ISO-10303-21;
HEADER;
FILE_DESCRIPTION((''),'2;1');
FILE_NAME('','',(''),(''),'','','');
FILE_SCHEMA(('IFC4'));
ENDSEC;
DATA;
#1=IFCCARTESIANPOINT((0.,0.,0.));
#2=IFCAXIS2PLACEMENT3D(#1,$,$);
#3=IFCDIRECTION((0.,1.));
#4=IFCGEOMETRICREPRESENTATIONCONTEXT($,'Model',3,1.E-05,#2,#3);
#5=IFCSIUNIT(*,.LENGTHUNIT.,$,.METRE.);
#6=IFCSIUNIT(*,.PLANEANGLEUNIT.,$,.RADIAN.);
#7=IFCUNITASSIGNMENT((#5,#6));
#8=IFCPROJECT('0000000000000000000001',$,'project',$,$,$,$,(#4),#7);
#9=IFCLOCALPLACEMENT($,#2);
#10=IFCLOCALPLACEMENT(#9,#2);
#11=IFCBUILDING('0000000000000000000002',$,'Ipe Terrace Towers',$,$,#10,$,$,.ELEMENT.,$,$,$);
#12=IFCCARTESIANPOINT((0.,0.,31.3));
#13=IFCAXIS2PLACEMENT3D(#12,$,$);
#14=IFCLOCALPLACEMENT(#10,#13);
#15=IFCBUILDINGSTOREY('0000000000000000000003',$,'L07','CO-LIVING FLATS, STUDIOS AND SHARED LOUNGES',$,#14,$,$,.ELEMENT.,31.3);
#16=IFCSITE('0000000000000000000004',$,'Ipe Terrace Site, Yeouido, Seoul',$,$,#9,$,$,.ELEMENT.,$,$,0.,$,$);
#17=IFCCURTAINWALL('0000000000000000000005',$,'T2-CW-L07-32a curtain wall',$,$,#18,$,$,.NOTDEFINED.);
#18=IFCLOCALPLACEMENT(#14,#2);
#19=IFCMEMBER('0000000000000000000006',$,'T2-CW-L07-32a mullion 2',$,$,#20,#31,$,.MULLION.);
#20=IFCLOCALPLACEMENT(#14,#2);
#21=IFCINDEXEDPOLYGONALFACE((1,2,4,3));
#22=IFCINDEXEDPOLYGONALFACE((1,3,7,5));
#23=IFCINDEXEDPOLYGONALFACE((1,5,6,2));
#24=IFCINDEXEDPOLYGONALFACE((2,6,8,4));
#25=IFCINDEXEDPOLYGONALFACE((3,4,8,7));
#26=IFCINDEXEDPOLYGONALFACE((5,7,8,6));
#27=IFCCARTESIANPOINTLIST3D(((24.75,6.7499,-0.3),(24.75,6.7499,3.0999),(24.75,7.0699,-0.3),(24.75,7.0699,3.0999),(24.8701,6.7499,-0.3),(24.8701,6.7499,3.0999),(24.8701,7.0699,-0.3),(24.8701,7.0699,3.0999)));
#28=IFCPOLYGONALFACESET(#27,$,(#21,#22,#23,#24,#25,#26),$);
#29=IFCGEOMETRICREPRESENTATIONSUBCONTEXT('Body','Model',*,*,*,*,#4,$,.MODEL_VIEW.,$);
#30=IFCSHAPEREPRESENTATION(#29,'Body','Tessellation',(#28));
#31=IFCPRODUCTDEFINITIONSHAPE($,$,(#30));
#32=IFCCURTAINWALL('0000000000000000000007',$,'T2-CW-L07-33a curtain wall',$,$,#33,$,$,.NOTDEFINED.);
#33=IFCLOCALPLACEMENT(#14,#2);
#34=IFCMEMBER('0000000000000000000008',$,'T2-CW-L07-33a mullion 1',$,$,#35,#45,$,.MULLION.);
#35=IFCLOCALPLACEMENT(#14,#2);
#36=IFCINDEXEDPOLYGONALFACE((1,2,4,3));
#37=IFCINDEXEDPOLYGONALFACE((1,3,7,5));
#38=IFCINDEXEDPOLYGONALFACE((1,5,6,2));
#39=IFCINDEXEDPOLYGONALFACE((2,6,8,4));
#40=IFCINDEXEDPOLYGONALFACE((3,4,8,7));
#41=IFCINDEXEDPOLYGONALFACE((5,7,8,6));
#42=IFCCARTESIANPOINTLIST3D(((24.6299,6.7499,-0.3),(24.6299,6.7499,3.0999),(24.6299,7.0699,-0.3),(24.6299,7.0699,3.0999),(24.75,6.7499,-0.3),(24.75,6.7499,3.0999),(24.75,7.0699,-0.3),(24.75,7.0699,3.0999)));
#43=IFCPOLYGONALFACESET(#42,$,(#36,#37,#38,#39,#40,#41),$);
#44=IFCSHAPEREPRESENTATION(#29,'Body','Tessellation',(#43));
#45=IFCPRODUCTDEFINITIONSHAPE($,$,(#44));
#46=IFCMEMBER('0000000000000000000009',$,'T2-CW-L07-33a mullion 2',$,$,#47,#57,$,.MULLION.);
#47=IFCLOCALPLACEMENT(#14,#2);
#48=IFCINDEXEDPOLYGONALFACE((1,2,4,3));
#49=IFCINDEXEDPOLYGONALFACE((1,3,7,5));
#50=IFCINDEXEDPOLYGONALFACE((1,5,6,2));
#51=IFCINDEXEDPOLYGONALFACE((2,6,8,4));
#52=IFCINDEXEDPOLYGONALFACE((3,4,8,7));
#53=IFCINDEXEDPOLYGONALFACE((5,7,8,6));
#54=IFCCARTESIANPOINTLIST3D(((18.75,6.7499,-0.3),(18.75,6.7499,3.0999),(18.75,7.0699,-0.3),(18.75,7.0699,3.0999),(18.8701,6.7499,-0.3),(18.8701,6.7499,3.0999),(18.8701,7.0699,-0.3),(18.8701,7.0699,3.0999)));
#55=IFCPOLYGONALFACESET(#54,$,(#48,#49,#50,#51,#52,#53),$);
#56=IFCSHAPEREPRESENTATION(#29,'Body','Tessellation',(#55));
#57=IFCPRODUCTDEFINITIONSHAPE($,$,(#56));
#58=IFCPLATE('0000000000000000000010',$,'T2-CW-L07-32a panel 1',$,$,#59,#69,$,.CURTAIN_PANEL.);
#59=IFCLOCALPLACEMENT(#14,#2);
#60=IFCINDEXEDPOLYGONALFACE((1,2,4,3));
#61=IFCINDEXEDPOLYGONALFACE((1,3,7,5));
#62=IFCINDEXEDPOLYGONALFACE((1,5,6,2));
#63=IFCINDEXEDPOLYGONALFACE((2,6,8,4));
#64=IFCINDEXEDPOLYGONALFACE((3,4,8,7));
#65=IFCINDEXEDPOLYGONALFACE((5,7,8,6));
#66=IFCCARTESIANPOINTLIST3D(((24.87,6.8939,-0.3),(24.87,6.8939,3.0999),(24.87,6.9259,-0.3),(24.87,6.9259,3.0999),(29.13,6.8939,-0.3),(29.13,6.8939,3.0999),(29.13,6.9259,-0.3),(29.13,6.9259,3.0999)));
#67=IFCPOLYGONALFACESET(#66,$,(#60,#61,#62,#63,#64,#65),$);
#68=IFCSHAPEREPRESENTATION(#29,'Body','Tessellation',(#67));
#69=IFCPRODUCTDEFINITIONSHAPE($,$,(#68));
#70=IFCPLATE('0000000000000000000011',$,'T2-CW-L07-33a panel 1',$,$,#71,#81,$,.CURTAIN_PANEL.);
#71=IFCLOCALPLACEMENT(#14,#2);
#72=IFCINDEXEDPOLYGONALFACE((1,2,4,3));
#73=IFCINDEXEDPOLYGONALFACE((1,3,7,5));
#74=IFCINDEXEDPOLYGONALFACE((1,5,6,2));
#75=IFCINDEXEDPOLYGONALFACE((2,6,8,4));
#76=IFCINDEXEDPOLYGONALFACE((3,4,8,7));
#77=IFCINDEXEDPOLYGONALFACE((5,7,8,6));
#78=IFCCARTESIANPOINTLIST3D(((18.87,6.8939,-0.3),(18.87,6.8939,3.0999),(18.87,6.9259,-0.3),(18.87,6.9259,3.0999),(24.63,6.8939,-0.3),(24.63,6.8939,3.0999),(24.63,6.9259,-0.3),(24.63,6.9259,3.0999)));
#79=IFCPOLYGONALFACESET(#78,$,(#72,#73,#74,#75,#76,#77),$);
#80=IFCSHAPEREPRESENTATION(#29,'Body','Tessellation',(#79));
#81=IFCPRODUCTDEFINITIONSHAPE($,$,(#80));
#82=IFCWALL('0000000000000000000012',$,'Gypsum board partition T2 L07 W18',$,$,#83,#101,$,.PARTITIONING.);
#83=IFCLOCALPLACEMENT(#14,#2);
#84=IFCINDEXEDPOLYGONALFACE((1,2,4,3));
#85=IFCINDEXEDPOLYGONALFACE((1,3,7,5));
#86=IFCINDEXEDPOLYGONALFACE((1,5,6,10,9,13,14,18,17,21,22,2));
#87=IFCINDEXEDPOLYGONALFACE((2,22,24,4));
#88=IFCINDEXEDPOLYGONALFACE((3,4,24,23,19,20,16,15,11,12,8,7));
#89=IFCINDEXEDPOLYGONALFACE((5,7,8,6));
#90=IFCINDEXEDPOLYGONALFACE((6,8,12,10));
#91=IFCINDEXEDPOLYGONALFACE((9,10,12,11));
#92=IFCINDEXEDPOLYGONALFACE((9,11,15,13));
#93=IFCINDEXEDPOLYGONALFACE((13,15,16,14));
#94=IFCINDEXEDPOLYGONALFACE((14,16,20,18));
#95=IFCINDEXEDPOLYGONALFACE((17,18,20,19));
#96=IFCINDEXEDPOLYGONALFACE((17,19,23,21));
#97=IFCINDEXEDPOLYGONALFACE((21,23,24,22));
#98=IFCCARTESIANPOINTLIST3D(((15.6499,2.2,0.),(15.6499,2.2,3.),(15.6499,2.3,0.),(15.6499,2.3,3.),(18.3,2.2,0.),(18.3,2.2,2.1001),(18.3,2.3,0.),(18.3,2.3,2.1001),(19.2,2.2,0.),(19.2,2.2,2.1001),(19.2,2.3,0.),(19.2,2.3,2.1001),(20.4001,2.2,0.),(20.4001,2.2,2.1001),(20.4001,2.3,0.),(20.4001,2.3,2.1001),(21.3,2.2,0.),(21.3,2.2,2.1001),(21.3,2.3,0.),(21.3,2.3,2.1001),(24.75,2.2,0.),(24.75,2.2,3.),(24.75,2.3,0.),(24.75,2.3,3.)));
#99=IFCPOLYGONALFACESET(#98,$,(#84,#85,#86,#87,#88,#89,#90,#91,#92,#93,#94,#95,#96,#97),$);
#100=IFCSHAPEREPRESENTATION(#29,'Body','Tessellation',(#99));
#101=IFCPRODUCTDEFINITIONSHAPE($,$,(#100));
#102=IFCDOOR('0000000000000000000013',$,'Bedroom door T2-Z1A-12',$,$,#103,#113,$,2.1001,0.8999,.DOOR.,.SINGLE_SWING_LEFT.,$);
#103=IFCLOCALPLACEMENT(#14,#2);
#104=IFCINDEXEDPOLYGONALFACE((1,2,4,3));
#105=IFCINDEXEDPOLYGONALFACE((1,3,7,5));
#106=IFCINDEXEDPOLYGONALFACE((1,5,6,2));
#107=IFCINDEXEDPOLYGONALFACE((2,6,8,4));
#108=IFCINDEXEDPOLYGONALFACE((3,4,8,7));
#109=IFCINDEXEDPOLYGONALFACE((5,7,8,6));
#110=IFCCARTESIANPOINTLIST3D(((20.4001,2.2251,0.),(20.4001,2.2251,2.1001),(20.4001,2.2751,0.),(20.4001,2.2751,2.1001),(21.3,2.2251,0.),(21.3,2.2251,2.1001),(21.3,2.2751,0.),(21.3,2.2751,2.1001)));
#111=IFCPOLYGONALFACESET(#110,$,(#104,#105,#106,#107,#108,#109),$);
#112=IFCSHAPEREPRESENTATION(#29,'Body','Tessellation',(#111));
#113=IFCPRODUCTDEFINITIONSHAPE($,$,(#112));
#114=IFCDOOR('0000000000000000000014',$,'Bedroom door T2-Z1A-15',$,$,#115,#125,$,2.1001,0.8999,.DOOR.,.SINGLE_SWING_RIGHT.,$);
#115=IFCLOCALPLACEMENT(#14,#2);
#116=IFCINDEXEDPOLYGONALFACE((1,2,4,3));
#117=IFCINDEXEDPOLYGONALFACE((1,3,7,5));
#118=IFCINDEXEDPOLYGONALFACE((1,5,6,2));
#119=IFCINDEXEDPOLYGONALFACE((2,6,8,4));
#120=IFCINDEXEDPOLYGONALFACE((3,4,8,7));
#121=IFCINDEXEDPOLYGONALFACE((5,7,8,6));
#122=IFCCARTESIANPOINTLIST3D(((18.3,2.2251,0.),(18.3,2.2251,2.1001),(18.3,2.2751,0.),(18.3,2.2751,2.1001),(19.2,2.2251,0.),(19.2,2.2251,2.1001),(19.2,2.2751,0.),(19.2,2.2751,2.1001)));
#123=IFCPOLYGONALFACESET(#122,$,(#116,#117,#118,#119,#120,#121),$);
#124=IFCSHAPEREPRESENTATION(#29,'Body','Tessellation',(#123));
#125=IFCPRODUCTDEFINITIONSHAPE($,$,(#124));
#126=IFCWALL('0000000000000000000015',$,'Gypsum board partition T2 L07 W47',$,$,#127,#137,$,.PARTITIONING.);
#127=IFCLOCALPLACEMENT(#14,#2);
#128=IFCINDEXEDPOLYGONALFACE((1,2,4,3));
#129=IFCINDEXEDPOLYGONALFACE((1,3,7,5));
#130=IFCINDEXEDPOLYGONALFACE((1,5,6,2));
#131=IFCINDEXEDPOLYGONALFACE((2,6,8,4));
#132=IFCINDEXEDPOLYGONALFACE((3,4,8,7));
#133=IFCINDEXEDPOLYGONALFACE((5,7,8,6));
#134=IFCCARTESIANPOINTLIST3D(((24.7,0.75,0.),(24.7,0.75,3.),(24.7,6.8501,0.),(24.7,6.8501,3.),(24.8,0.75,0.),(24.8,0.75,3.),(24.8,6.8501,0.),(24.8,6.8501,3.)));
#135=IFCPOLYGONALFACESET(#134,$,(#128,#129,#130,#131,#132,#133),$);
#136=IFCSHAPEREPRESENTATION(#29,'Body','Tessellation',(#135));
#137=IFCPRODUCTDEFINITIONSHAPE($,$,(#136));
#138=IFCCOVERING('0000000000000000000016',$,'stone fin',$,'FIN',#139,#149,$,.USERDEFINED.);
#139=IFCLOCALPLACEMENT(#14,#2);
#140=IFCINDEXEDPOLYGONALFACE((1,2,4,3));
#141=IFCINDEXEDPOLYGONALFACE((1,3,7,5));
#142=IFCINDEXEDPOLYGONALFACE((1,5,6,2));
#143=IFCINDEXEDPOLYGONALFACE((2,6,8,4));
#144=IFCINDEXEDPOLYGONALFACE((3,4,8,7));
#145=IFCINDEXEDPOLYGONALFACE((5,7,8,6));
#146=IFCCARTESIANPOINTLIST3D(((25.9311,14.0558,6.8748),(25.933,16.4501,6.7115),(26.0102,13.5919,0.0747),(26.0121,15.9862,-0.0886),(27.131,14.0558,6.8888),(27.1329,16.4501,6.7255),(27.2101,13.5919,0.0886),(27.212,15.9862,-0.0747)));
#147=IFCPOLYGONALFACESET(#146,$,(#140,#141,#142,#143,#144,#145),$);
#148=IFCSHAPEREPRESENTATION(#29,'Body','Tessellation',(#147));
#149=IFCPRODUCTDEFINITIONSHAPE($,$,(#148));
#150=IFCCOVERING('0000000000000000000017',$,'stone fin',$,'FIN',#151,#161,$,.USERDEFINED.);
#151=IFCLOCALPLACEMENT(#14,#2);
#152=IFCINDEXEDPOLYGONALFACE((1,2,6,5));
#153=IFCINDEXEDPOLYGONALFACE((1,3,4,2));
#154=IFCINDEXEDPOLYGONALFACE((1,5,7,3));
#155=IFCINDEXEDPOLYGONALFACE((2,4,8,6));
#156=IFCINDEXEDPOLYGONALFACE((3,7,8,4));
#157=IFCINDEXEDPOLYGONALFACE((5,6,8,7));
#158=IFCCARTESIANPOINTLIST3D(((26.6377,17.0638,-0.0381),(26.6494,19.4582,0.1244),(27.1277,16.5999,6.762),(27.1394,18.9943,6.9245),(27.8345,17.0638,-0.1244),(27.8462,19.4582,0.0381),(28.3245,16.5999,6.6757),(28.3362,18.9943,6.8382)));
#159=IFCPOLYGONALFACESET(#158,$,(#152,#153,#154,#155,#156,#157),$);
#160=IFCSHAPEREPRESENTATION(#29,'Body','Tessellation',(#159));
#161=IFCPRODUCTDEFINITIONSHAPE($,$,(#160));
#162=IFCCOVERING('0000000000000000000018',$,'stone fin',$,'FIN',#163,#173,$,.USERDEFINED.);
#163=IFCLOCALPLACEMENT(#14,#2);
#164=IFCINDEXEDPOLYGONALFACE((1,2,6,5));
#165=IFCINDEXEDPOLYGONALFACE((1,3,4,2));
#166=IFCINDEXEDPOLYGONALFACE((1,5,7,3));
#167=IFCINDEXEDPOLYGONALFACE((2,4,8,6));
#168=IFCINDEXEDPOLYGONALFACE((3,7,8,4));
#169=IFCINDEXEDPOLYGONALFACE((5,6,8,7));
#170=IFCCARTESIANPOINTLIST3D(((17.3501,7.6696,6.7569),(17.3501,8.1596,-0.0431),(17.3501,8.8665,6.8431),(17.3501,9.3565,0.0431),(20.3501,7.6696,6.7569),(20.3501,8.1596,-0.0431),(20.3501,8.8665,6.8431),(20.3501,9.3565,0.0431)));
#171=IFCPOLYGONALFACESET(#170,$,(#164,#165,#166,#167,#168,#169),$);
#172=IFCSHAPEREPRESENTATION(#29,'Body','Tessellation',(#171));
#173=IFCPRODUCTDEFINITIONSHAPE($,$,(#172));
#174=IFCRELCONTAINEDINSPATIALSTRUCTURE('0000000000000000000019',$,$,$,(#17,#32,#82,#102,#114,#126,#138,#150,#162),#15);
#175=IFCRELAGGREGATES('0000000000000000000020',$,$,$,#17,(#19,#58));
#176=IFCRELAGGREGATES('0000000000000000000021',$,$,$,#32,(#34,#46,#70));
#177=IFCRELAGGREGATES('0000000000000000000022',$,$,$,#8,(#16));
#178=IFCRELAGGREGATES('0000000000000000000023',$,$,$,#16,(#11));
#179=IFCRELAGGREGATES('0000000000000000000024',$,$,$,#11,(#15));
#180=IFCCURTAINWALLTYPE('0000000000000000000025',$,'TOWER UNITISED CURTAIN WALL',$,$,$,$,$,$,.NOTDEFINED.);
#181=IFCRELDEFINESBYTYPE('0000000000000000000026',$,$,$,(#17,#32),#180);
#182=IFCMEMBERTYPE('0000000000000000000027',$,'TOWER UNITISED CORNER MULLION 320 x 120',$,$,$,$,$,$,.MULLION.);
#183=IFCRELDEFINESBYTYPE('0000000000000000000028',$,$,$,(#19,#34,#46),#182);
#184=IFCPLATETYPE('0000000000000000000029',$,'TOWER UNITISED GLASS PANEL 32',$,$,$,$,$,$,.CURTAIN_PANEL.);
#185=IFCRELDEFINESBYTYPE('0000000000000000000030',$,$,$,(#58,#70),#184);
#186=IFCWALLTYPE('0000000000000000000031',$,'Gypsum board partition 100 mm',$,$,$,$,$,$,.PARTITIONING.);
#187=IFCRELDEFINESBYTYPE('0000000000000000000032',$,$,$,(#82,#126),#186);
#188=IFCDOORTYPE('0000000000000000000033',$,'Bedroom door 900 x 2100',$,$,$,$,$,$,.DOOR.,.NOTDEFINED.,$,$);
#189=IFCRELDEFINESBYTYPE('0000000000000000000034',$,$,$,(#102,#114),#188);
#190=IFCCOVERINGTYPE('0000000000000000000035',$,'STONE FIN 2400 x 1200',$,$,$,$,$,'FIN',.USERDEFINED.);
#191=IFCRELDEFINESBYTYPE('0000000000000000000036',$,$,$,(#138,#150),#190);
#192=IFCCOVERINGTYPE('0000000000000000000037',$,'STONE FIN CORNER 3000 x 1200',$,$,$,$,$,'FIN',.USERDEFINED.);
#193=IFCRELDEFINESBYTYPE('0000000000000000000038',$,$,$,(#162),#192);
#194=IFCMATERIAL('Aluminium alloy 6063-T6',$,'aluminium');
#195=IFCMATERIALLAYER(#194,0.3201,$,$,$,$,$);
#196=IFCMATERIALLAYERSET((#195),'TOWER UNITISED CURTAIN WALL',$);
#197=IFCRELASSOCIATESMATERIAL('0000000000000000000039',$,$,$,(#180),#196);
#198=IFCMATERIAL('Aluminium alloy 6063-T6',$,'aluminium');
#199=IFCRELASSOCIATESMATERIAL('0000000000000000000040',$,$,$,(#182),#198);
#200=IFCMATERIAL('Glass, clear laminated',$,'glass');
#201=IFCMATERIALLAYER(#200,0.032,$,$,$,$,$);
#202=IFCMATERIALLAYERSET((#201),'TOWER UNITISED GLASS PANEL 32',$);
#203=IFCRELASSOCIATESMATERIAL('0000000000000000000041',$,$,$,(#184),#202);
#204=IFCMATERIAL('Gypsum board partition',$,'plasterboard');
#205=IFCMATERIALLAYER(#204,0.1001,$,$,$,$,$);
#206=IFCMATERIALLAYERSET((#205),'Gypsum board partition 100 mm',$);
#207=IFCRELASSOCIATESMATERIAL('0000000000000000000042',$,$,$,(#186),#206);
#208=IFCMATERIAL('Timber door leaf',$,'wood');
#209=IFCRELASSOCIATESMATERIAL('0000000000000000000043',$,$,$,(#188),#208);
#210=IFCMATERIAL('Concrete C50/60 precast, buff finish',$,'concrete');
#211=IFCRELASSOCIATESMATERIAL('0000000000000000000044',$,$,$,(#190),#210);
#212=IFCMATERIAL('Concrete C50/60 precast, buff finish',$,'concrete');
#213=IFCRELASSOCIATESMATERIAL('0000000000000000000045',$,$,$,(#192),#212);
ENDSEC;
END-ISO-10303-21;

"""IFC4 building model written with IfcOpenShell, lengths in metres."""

from ifc_helpers import new_model, si_unit, direction, frame, frame_2d, origin, origin_2d, place, context, subcontext, project, spatial, rectangle, extrude, material, layer, layer_set, material_profile, profile_set, type_object, element, fill, aggregate, save


model = new_model("IFC4")

# Units and contexts
model_context = context("Model", 3, precision=1e-05, world=origin(), true_north=direction((0.0, 1.0)))
body_context = subcontext(model_context, "Body", "Model", "MODEL_VIEW")
ifc_project = project(units=[si_unit("LENGTHUNIT", "METRE"), si_unit("PLANEANGLEUNIT", "RADIAN")], contexts=[model_context])

# Site, building, storey
site_placement = place(None, origin())
site = spatial("IfcSite", under=ifc_project, at=site_placement, Name="Ipe Terrace Site, Yeouido, Seoul", CompositionType="ELEMENT", RefElevation=0.0)
building_placement = place(site_placement, origin())
building = spatial("IfcBuilding", under=site, at=building_placement, Name="Ipe Terrace Towers", CompositionType="ELEMENT")
storey_placement = place(building_placement, frame((0.0, 0.0, 31.3)))
storey = spatial("IfcBuildingStorey", under=building, at=storey_placement, Name="L07", Description="CO-LIVING FLATS, STUDIOS AND SHARED LOUNGES", CompositionType="ELEMENT", Elevation=31.3)

# Curtain wall, member
ifc_material_1 = material(Name="Aluminium alloy 6063-T6", Category="aluminium")
ifc_layer_1 = layer(ifc_material_1, 0.3201)
ifc_layer_set_1 = layer_set([ifc_layer_1], Name="TOWER UNITISED CURTAIN WALL")
curtain_wall_type = type_object("IfcCurtainWallType", Name="TOWER UNITISED CURTAIN WALL", PredefinedType="NOTDEFINED", material=ifc_layer_set_1)
curtain_wall_1_placement = place(storey_placement, origin())
curtain_wall_1 = element("IfcCurtainWall", 1, at=curtain_wall_1_placement, inside=storey, type_object=curtain_wall_type, Name="T2-CW-L07-32a curtain wall", PredefinedType="NOTDEFINED")
ifc_material_2 = material(Name="Aluminium alloy 6063-T6", Category="aluminium")
ifc_material_profile_1 = material_profile(ifc_material_2, rectangle(XDim=0.3201, YDim=0.1201, at=origin_2d()), Name="TOWER UNITISED CORNER MULLION 320 x 120")
ifc_profile_set_1 = profile_set([ifc_material_profile_1], Name="Aluminium alloy 6063-T6")
member_type = type_object("IfcMemberType", Name="TOWER UNITISED CORNER MULLION 320 x 120", PredefinedType="MULLION", material=ifc_profile_set_1)
member_1_placement = place(storey_placement, frame((24.8101, 6.9099, -0.3), z_axis=(0.0, 0.0, 1.0), x_axis=(0.0, 1.0, 0.0)))
member_1 = element("IfcMember", 2, at=member_1_placement, type_object=member_type, Name="T2-CW-L07-32a mullion 2", PredefinedType="MULLION", context=body_context, shape_type="SweptSolid", body=[
    extrude(rectangle(XDim=0.3201, YDim=0.1201, at=origin_2d()), origin(), (0.0, 0.0, 1.0), 3.3999),
])

# Curtain wall, members
curtain_wall_2_placement = place(storey_placement, origin())
curtain_wall_2 = element("IfcCurtainWall", 3, at=curtain_wall_2_placement, inside=storey, type_object=curtain_wall_type, Name="T2-CW-L07-33a curtain wall", PredefinedType="NOTDEFINED")
member_2_placement = place(storey_placement, frame((24.6899, 6.9099, -0.3), z_axis=(0.0, 0.0, 1.0), x_axis=(0.0, 1.0, 0.0)))
member_2 = element("IfcMember", 4, at=member_2_placement, type_object=member_type, Name="T2-CW-L07-33a mullion 1", PredefinedType="MULLION", context=body_context, shape_type="SweptSolid", body=[
    extrude(rectangle(XDim=0.3201, YDim=0.1201, at=origin_2d()), origin(), (0.0, 0.0, 1.0), 3.3999),
])
member_3_placement = place(storey_placement, frame((18.8101, 6.9099, -0.3), z_axis=(0.0, 0.0, 1.0), x_axis=(0.0, 1.0, 0.0)))
member_3 = element("IfcMember", 5, at=member_3_placement, type_object=member_type, Name="T2-CW-L07-33a mullion 2", PredefinedType="MULLION", context=body_context, shape_type="SweptSolid", body=[
    extrude(rectangle(XDim=0.3201, YDim=0.1201, at=origin_2d()), origin(), (0.0, 0.0, 1.0), 3.3999),
])

# Plates
ifc_material_3 = material(Name="Glass, clear laminated", Category="glass")
ifc_layer_2 = layer(ifc_material_3, 0.032)
ifc_layer_set_2 = layer_set([ifc_layer_2], Name="TOWER UNITISED GLASS PANEL 32")
plate_type = type_object("IfcPlateType", Name="TOWER UNITISED GLASS PANEL 32", PredefinedType="CURTAIN_PANEL", material=ifc_layer_set_2)
plate_1_placement = place(storey_placement, frame((27.0, 6.9099, -0.3), z_axis=(0.0, 0.0, 1.0), x_axis=(-1.0, 0.0, 0.0)))
plate_1 = element("IfcPlate", 6, at=plate_1_placement, type_object=plate_type, Name="T2-CW-L07-32a panel 1", PredefinedType="CURTAIN_PANEL", context=body_context, shape_type="SweptSolid", body=[
    extrude(rectangle(XDim=4.26, YDim=0.032, at=origin_2d()), origin(), (0.0, 0.0, 1.0), 3.3999),
])
aggregate(curtain_wall_1, [member_1, plate_1])
plate_2_placement = place(storey_placement, frame((21.75, 6.9099, -0.3), z_axis=(0.0, 0.0, 1.0), x_axis=(-1.0, 0.0, 0.0)))
plate_2 = element("IfcPlate", 7, at=plate_2_placement, type_object=plate_type, Name="T2-CW-L07-33a panel 1", PredefinedType="CURTAIN_PANEL", context=body_context, shape_type="SweptSolid", body=[
    extrude(rectangle(XDim=5.76, YDim=0.032, at=origin_2d()), origin(), (0.0, 0.0, 1.0), 3.3999),
])
aggregate(curtain_wall_2, [member_2, member_3, plate_2])

# Wall, openings, doors
ifc_material_4 = material(Name="Gypsum board partition", Category="plasterboard")
ifc_layer_3 = layer(ifc_material_4, 0.1001)
ifc_layer_set_3 = layer_set([ifc_layer_3], Name="Gypsum board partition 100 mm")
wall_type = type_object("IfcWallType", Name="Gypsum board partition 100 mm", PredefinedType="PARTITIONING", material=ifc_layer_set_3)
wall_1_placement = place(storey_placement, frame((24.75, 2.25, 0.0), z_axis=(0.0, 0.0, 1.0), x_axis=(-1.0, 0.0, 0.0)))
wall_1 = element("IfcWall", 8, at=wall_1_placement, inside=storey, type_object=wall_type, Name="Gypsum board partition T2 L07 W18", PredefinedType="PARTITIONING", context=body_context, shape_type="SweptSolid", body=[
    extrude(rectangle(XDim=9.1001, YDim=0.1001, at=frame_2d((4.55, 0.0))), origin(), (0.0, 0.0, 1.0), 3.0),
])
opening_1_placement = place(wall_1_placement, frame((3.45, 0.0, 0.0)))
opening_1 = element("IfcOpeningElement", 9, at=opening_1_placement, cuts=wall_1, PredefinedType="OPENING", context=body_context, shape_type="SweptSolid", body=[
    extrude(rectangle(XDim=0.8999, YDim=2.1001, at=frame_2d((0.45, 1.05))), frame((0.0, 0.0601, 0.0), z_axis=(0.0, -1.0, 0.0), x_axis=(1.0, 0.0, 0.0)), (0.0, 0.0, 1.0), 0.1201),
])
opening_2_placement = place(wall_1_placement, frame((5.55, 0.0, 0.0)))
opening_2 = element("IfcOpeningElement", 10, at=opening_2_placement, cuts=wall_1, PredefinedType="OPENING", context=body_context, shape_type="SweptSolid", body=[
    extrude(rectangle(XDim=0.8999, YDim=2.1001, at=frame_2d((0.45, 1.05))), frame((0.0, 0.0601, 0.0), z_axis=(0.0, -1.0, 0.0), x_axis=(1.0, 0.0, 0.0)), (0.0, 0.0, 1.0), 0.1201),
])
ifc_material_5 = material(Name="Timber door leaf", Category="wood")
door_type = type_object("IfcDoorType", Name="Bedroom door 900 x 2100", OperationType="NOTDEFINED", PredefinedType="DOOR", material=ifc_material_5)
door_1_placement = place(opening_1_placement, origin())
door_1 = element("IfcDoor", 11, at=door_1_placement, inside=storey, type_object=door_type, Name="Bedroom door T2-Z1A-12", OperationType="SINGLE_SWING_LEFT", OverallHeight=2.1001, OverallWidth=0.8999, PredefinedType="DOOR", context=body_context, shape_type="SweptSolid", body=[
    extrude(rectangle(XDim=0.8999, YDim=2.1001, at=frame_2d((0.45, 1.05))), frame((0.0, 0.0249, 0.0), z_axis=(0.0, -1.0, 0.0), x_axis=(1.0, 0.0, 0.0)), (0.0, 0.0, 1.0), 0.05),
])
fill(opening_1, door_1)
door_2_placement = place(opening_2_placement, origin())
door_2 = element("IfcDoor", 12, at=door_2_placement, inside=storey, type_object=door_type, Name="Bedroom door T2-Z1A-15", OperationType="SINGLE_SWING_RIGHT", OverallHeight=2.1001, OverallWidth=0.8999, PredefinedType="DOOR", context=body_context, shape_type="SweptSolid", body=[
    extrude(rectangle(XDim=0.8999, YDim=2.1001, at=frame_2d((0.45, 1.05))), frame((0.0, 0.0249, 0.0), z_axis=(0.0, -1.0, 0.0), x_axis=(1.0, 0.0, 0.0)), (0.0, 0.0, 1.0), 0.05),
])
fill(opening_2, door_2)

# Wall
wall_2_placement = place(storey_placement, frame((24.75, 0.75, 0.0), z_axis=(0.0, 0.0, 1.0), x_axis=(0.0, 1.0, 0.0)))
element("IfcWall", 13, at=wall_2_placement, inside=storey, type_object=wall_type, Name="Gypsum board partition T2 L07 W47", PredefinedType="PARTITIONING", context=body_context, shape_type="SweptSolid", body=[
    extrude(rectangle(XDim=6.1001, YDim=0.1001, at=frame_2d((3.05, 0.0))), origin(), (0.0, 0.0, 1.0), 3.0),
])

# Coverings
ifc_material_6 = material(Name="Concrete C50/60 precast, buff finish", Category="concrete")
ifc_material_profile_2 = material_profile(ifc_material_6, rectangle(XDim=2.3999, YDim=1.2, at=origin_2d()), Name="STONE FIN 2400 x 1200")
ifc_profile_set_2 = profile_set([ifc_material_profile_2], Name="Concrete C50/60 precast, buff finish")
covering_type_1 = type_object("IfcCoveringType", Name="STONE FIN 2400 x 1200", ElementType="FIN", PredefinedType="USERDEFINED", material=ifc_profile_set_2)
covering_1_placement = place(storey_placement, frame((26.6111, 14.7891, 0.0), z_axis=(-0.011605, 0.068053, 0.997614), x_axis=(-0.000792, -0.997682, 0.068048)))
element("IfcCovering", 14, at=covering_1_placement, inside=storey, type_object=covering_type_1, Name="stone fin", ObjectType="FIN", PredefinedType="USERDEFINED", context=body_context, shape_type="SweptSolid", body=[
    extrude(rectangle(XDim=2.3999, YDim=1.2, at=origin_2d()), origin(), (0.0, 0.0, 1.0), 6.8164),
])
covering_2_placement = place(storey_placement, frame((27.2419, 18.261, 0.0), z_axis=(0.071705, -0.067882, 0.995113), x_axis=(-0.004879, -0.997693, -0.067706)))
element("IfcCovering", 15, at=covering_2_placement, inside=storey, type_object=covering_type_1, Name="stone fin", ObjectType="FIN", PredefinedType="USERDEFINED", context=body_context, shape_type="SweptSolid", body=[
    extrude(rectangle(XDim=2.3999, YDim=1.2, at=origin_2d()), origin(), (0.0, 0.0, 1.0), 6.8335),
])
ifc_material_7 = material(Name="Concrete C50/60 precast, buff finish", Category="concrete")
ifc_material_profile_3 = material_profile(ifc_material_7, rectangle(XDim=3.0, YDim=1.2, at=origin_2d()), Name="STONE FIN CORNER 3000 x 1200")
ifc_profile_set_3 = profile_set([ifc_material_profile_3], Name="Concrete C50/60 precast, buff finish")
covering_type_2 = type_object("IfcCoveringType", Name="STONE FIN CORNER 3000 x 1200", ElementType="FIN", PredefinedType="USERDEFINED", material=ifc_profile_set_3)
for number, where, z_axis, x_axis, name in (
    (16, (18.8501, 8.7581, 0.0), (0.0, -0.071871, 0.997414), (-1.0, 0.0, 0.0), "stone fin"),
):
    element("IfcCovering", number, at=place(storey_placement, frame(where, z_axis=z_axis, x_axis=x_axis)), inside=storey, type_object=covering_type_2, Name=name, ObjectType="FIN", PredefinedType="USERDEFINED", context=body_context, shape_type="SweptSolid", body=[
        extrude(rectangle(XDim=3.0, YDim=1.2, at=origin_2d()), origin(), (0.0, 0.0, 1.0), 6.8176),
    ])

save(model, "model.ifc")
